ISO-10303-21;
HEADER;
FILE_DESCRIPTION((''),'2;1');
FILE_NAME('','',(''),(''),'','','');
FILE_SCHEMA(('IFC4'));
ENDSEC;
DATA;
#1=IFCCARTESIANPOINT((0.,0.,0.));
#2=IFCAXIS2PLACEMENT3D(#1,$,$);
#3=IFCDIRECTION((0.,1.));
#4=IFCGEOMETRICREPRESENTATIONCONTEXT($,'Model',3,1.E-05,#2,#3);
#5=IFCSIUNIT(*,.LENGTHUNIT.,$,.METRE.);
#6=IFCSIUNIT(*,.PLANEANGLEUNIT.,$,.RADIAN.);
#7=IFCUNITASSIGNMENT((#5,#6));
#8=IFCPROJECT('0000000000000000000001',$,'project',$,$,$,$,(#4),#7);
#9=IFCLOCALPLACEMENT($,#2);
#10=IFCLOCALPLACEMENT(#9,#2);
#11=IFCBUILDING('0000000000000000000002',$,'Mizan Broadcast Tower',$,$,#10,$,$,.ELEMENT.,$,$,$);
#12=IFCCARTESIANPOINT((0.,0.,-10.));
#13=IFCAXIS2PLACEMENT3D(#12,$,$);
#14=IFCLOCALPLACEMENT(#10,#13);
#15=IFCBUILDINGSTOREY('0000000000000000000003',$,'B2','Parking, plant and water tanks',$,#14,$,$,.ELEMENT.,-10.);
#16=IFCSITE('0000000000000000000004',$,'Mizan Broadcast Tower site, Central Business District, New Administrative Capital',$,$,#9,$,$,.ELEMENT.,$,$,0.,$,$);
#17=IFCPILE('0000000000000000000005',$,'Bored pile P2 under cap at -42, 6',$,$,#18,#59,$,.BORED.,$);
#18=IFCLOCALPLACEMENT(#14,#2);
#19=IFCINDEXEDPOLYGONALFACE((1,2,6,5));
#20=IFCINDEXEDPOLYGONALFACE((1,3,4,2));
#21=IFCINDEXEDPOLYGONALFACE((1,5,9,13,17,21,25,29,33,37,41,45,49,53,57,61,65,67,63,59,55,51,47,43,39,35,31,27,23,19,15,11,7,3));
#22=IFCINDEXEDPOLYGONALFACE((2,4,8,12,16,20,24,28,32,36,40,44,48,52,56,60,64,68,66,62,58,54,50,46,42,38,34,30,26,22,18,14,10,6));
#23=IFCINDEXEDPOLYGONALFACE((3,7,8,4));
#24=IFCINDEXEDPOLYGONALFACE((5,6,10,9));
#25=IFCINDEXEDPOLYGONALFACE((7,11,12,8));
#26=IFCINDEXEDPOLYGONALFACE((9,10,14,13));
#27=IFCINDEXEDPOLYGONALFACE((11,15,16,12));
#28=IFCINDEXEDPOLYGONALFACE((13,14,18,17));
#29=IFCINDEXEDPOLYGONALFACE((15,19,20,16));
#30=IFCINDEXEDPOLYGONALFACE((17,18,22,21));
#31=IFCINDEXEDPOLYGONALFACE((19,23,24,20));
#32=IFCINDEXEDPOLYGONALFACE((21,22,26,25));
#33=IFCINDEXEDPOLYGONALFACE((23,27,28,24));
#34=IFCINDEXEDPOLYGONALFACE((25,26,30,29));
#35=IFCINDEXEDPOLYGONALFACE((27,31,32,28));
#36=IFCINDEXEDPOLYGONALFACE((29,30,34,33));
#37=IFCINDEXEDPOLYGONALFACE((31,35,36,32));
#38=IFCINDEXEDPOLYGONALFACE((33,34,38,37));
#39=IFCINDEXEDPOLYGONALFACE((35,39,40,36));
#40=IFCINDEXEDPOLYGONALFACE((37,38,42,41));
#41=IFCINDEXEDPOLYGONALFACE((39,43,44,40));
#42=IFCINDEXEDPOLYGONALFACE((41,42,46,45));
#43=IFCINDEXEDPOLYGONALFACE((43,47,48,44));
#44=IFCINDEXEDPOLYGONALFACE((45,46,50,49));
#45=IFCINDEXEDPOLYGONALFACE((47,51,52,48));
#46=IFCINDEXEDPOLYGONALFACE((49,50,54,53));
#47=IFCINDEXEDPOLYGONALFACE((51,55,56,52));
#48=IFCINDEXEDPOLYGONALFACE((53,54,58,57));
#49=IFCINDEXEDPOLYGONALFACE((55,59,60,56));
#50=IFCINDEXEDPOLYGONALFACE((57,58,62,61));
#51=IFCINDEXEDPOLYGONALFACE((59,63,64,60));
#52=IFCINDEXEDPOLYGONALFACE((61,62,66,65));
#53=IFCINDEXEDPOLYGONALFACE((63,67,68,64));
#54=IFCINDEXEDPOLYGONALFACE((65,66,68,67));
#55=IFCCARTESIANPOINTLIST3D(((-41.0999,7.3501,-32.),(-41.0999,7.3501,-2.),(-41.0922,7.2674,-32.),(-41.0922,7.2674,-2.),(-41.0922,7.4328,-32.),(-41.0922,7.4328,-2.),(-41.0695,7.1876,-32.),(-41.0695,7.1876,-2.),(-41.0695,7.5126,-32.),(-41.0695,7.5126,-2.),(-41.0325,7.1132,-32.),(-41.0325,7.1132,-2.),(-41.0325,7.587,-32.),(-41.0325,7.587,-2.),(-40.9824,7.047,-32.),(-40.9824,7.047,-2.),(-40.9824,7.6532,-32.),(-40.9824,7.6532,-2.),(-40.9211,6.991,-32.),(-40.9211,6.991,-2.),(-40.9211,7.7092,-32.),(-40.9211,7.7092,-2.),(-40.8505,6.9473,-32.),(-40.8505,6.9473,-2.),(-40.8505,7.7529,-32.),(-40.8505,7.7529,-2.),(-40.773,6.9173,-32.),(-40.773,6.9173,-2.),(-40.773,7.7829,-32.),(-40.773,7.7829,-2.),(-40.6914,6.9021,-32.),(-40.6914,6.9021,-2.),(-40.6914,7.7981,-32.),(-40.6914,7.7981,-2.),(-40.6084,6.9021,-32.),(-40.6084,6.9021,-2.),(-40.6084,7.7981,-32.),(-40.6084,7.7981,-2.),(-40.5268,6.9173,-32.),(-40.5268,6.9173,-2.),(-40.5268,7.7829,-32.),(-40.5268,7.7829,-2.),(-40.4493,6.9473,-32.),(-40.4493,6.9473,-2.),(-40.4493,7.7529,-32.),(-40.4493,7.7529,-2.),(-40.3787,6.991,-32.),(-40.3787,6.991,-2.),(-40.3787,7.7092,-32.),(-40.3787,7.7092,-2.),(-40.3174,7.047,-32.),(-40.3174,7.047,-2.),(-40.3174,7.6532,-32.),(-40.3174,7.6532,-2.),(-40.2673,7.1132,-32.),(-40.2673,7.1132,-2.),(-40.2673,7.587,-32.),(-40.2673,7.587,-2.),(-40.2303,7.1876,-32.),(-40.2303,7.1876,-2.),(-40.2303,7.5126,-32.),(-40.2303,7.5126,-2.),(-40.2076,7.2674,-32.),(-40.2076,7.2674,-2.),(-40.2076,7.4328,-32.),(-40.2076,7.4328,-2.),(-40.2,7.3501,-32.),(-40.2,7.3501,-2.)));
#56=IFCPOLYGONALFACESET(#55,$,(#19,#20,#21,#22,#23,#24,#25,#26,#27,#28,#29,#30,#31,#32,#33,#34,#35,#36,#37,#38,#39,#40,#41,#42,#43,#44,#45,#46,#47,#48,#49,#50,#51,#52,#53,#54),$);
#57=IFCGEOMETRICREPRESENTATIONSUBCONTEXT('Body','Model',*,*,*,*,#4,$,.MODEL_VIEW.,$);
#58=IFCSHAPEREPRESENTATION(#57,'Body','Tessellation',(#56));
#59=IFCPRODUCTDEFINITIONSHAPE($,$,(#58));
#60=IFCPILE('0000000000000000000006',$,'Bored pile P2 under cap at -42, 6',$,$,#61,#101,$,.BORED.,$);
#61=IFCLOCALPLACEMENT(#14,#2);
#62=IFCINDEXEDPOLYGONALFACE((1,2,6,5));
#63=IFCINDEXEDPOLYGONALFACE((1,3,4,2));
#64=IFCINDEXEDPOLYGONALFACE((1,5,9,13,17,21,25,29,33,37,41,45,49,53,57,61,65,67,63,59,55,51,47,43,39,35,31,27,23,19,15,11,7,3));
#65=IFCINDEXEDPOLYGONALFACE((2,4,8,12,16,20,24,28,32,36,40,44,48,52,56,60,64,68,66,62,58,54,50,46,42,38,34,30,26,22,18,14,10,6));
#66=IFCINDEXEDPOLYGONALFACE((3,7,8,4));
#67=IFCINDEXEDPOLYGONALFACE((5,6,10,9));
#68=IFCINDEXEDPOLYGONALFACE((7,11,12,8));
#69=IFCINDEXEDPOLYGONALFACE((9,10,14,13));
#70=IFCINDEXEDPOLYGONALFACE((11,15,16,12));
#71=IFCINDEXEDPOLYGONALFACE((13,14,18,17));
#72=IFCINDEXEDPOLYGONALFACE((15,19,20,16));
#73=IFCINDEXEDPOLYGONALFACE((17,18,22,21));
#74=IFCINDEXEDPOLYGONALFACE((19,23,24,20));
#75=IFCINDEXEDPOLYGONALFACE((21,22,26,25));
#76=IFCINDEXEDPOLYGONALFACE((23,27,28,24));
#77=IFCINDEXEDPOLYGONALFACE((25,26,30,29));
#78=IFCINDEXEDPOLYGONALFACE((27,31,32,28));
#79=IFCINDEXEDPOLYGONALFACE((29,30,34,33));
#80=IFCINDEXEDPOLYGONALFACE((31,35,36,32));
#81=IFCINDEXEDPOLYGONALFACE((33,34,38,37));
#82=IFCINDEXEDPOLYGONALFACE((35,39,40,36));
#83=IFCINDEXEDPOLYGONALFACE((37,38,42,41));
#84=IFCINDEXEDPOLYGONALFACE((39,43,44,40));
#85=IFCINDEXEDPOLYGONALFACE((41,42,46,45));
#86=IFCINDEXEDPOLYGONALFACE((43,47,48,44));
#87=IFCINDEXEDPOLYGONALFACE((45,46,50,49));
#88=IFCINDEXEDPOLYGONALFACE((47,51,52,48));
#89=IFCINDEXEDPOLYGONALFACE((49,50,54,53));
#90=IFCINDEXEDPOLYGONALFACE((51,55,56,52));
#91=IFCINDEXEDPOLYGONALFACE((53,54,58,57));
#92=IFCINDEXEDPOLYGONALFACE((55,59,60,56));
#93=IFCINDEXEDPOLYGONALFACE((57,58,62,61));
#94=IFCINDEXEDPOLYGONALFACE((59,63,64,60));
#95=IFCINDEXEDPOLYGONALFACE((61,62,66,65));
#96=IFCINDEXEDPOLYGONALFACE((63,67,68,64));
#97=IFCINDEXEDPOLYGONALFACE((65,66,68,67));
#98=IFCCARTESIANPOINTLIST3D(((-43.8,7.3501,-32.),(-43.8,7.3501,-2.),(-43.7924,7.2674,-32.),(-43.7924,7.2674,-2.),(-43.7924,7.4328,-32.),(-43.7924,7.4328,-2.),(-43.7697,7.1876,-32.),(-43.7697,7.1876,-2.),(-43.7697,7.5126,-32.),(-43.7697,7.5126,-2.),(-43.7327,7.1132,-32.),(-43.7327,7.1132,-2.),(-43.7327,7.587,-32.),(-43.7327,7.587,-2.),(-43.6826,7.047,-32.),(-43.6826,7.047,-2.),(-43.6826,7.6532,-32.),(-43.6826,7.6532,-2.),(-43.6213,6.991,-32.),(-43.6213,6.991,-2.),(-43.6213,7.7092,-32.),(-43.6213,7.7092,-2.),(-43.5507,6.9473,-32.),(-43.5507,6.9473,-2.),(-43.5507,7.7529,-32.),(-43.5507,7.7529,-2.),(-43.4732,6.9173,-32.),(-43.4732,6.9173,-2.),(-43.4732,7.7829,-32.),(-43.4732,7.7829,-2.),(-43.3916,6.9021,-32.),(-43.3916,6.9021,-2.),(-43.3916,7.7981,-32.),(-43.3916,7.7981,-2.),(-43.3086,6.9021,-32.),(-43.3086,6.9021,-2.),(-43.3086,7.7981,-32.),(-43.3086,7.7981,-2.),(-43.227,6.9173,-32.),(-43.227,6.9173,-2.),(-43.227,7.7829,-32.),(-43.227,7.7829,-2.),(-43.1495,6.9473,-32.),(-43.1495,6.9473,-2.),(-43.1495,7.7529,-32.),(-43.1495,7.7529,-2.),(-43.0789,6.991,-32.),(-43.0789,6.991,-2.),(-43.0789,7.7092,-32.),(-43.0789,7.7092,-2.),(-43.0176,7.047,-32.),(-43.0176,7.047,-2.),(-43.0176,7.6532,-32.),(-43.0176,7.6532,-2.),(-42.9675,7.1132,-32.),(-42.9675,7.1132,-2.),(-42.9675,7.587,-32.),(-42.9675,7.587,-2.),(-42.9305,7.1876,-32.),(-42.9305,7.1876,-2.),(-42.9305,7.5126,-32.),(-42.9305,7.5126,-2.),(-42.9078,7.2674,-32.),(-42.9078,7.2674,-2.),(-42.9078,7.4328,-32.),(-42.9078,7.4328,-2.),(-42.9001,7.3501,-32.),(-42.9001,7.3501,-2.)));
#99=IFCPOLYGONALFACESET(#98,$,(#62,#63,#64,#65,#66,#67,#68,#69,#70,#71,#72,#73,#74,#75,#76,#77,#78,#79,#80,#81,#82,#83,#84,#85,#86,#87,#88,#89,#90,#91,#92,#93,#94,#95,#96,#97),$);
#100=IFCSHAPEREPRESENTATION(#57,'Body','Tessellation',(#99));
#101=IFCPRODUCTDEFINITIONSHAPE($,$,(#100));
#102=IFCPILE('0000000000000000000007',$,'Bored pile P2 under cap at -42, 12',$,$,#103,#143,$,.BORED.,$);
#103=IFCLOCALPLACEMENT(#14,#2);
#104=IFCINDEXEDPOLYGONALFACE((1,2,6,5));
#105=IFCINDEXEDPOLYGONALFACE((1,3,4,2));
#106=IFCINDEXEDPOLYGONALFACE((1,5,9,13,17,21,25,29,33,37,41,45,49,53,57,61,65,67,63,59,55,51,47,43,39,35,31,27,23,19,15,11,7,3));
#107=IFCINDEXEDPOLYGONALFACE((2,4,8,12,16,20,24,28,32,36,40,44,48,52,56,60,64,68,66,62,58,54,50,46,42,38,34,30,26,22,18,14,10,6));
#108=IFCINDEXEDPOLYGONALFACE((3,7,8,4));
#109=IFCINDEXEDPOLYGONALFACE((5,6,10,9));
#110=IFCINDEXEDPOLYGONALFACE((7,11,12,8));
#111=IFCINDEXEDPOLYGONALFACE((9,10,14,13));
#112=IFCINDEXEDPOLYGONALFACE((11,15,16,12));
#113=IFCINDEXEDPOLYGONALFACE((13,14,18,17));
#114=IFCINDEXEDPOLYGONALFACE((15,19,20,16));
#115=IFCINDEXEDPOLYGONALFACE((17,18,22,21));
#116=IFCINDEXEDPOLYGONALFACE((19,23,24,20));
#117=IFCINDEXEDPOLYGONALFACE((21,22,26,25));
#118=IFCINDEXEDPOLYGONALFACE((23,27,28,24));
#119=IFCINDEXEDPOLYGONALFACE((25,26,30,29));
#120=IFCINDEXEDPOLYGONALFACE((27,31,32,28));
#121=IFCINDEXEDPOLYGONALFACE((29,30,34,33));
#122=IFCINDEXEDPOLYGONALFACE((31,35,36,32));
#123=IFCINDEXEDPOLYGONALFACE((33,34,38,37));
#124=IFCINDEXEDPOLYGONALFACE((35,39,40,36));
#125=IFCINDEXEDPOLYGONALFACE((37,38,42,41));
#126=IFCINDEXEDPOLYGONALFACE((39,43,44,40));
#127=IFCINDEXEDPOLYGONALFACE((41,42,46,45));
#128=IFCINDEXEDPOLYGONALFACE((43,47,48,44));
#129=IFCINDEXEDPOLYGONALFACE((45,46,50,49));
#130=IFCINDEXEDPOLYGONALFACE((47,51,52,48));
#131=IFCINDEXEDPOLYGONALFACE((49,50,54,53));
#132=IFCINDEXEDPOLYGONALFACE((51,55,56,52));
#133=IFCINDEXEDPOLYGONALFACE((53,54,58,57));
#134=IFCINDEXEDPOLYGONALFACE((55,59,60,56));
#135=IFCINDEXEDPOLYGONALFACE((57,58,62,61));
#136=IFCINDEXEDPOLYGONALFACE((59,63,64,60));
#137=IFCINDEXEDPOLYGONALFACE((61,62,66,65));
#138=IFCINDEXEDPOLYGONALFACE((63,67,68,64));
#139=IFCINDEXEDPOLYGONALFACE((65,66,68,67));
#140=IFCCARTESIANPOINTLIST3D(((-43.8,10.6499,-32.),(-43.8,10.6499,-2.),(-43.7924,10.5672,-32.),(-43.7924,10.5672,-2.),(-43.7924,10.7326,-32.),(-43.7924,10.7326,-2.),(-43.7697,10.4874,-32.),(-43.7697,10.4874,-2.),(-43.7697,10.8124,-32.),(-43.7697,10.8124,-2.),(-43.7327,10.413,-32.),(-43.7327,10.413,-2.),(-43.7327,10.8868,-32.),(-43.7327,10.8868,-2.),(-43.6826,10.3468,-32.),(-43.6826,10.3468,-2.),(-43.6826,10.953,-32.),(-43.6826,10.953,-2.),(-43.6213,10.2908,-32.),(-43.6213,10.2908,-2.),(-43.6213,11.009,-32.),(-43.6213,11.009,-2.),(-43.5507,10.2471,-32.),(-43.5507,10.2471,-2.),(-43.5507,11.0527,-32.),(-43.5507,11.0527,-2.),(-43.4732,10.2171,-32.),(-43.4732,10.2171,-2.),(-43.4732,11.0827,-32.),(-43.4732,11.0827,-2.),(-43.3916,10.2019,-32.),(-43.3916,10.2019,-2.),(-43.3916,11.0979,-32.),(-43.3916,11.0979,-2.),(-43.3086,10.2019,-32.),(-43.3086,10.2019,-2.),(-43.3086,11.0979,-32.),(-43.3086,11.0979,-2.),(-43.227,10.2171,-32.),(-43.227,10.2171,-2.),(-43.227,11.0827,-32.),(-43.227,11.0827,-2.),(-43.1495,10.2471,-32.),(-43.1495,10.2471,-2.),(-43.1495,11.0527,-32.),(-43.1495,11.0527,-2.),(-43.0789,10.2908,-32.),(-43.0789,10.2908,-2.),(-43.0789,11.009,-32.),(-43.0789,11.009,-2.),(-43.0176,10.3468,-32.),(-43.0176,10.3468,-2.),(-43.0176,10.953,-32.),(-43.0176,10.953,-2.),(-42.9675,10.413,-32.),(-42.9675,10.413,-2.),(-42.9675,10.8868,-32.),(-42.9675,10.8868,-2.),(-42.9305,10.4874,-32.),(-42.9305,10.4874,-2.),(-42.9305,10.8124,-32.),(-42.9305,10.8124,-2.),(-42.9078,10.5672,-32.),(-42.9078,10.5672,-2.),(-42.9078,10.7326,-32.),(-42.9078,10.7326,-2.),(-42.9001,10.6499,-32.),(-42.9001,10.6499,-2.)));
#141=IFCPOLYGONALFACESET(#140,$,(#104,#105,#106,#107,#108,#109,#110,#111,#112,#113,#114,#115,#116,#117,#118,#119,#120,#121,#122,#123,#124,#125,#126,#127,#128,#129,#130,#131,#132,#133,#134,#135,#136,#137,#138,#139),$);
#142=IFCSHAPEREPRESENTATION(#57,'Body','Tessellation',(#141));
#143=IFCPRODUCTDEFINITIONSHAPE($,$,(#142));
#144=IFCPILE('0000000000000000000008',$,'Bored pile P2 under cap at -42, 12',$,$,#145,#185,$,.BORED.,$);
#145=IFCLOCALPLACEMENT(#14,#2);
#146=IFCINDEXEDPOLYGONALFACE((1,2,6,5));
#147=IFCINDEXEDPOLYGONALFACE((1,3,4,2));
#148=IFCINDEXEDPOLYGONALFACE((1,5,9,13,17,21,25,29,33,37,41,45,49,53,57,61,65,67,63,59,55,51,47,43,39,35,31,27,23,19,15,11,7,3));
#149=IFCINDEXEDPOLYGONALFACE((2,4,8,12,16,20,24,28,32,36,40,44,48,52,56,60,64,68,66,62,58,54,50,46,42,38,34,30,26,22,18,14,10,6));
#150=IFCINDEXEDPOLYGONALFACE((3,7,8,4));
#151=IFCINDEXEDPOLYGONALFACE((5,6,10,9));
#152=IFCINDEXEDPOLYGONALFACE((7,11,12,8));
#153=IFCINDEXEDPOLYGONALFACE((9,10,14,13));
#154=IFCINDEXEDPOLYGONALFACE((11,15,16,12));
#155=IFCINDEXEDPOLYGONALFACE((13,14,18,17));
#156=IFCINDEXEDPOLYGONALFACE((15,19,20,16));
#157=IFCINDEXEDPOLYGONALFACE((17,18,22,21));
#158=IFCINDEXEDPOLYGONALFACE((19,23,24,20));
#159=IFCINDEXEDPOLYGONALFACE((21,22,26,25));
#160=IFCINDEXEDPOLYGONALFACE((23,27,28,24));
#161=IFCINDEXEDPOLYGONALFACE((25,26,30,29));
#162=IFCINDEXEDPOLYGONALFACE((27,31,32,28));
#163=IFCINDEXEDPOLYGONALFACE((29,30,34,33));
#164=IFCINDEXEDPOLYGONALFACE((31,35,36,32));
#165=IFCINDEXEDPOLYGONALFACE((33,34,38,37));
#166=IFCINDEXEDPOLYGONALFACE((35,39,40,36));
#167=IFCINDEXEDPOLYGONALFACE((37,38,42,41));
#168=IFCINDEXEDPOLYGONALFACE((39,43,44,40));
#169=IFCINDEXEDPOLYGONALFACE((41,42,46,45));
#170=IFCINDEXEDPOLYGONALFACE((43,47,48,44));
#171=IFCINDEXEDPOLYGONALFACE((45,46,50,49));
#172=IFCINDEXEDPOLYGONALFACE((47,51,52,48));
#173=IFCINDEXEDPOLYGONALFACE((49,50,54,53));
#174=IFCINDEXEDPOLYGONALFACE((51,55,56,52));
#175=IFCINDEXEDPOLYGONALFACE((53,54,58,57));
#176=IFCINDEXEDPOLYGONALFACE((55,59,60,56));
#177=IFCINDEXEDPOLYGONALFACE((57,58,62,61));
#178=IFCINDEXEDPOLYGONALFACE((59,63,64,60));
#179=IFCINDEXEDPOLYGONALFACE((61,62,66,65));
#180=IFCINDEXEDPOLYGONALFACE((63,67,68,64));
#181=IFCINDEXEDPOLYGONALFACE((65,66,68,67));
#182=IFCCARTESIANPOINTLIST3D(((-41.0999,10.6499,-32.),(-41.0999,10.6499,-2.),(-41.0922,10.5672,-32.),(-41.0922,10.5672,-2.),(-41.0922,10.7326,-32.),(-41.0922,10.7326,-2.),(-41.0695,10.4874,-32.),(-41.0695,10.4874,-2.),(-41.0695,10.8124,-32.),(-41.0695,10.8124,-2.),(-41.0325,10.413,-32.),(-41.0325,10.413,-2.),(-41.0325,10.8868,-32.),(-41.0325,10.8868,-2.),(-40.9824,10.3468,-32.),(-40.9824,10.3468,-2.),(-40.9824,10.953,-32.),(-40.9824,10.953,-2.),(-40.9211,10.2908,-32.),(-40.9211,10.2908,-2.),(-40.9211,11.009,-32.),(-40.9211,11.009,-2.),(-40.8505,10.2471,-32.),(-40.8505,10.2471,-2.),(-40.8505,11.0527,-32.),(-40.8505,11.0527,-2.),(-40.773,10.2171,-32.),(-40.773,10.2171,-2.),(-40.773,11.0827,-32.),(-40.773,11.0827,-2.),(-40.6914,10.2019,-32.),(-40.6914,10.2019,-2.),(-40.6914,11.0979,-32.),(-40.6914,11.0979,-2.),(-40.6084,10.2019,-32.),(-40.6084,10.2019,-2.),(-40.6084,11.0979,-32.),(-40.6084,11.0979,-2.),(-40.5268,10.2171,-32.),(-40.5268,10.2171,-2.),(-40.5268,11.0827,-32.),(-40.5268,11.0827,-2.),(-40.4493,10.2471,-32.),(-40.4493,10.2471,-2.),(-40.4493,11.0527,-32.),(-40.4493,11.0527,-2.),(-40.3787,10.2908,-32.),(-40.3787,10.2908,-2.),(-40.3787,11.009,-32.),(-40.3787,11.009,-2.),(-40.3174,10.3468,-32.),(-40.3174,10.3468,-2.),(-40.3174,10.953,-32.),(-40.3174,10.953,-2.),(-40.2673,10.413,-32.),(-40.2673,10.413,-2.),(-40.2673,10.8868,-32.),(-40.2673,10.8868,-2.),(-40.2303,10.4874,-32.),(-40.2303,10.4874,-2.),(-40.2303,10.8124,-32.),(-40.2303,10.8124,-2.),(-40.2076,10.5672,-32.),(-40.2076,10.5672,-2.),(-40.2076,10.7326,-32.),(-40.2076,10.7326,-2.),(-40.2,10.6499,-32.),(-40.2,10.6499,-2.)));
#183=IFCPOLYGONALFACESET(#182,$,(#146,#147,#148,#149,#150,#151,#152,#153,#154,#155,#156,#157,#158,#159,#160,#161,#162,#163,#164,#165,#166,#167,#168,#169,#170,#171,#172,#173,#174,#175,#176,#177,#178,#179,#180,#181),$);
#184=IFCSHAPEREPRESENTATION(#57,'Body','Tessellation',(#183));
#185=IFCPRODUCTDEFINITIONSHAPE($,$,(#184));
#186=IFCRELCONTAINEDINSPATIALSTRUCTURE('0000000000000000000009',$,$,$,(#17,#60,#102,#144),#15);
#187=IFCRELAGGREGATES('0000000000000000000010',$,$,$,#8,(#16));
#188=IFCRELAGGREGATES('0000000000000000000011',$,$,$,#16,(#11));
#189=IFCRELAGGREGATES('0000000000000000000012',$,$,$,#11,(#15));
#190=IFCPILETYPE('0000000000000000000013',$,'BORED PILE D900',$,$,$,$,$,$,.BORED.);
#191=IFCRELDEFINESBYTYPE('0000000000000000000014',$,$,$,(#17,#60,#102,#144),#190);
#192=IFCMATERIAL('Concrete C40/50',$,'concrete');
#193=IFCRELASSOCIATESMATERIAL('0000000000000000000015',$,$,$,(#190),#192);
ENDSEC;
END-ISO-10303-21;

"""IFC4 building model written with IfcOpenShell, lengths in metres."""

from ifc_helpers import new_model, si_unit, direction, frame, origin, origin_2d, place, context, subcontext, project, spatial, circle, extrude, material, material_profile, profile_set, type_object, element, save


model = new_model("IFC4")

# Units and contexts
model_context = context("Model", 3, precision=1e-05, world=origin(), true_north=direction((0.0, 1.0)))
body_context = subcontext(model_context, "Body", "Model", "MODEL_VIEW")
ifc_project = project(units=[si_unit("LENGTHUNIT", "METRE"), si_unit("PLANEANGLEUNIT", "RADIAN")], contexts=[model_context])

# Site, building, storey
site_placement = place(None, origin())
site = spatial("IfcSite", under=ifc_project, at=site_placement, Name="Mizan Broadcast Tower site, Central Business District, New Administrative Capital", CompositionType="ELEMENT", RefElevation=0.0)
building_placement = place(site_placement, origin())
building = spatial("IfcBuilding", under=site, at=building_placement, Name="Mizan Broadcast Tower", CompositionType="ELEMENT")
storey_placement = place(building_placement, frame((0.0, 0.0, -10.0)))
storey = spatial("IfcBuildingStorey", under=building, at=storey_placement, Name="B2", Description="Parking, plant and water tanks", CompositionType="ELEMENT", Elevation=-10.0)

# Piles
ifc_material_1 = material(Name="Concrete C40/50", Category="concrete")
ifc_material_profile_1 = material_profile(ifc_material_1, circle(Radius=0.45, at=origin_2d()), Name="D900")
ifc_profile_set_1 = profile_set([ifc_material_profile_1], Name="Concrete C40/50")
pile_type_1 = type_object("IfcPileType", Name="BORED PILE D900", PredefinedType="BORED", material=ifc_profile_set_1)
for number, where, z_axis, x_axis, name in (
    (1, (-40.6499, 7.3501, -2.0), (0.0, 0.0, -1.0), (1.0, 0.0, 0.0), "Bored pile P2 under cap at -42, 6"),
    (2, (-43.3501, 7.3501, -2.0), (0.0, 0.0, -1.0), (1.0, 0.0, 0.0), "Bored pile P2 under cap at -42, 6"),
    (3, (-43.3501, 10.6499, -2.0), (0.0, 0.0, -1.0), (1.0, 0.0, 0.0), "Bored pile P2 under cap at -42, 12"),
    (4, (-40.6499, 10.6499, -2.0), (0.0, 0.0, -1.0), (1.0, 0.0, 0.0), "Bored pile P2 under cap at -42, 12"),
):
    element("IfcPile", number, at=place(storey_placement, frame(where, z_axis=z_axis, x_axis=x_axis)), inside=storey, type_object=pile_type_1, Name=name, PredefinedType="BORED", context=body_context, shape_type="SweptSolid", body=[
        extrude(circle(Radius=0.45, at=origin_2d()), origin(), (0.0, 0.0, 1.0), 30.0),
    ])

save(model, "model.ifc")
